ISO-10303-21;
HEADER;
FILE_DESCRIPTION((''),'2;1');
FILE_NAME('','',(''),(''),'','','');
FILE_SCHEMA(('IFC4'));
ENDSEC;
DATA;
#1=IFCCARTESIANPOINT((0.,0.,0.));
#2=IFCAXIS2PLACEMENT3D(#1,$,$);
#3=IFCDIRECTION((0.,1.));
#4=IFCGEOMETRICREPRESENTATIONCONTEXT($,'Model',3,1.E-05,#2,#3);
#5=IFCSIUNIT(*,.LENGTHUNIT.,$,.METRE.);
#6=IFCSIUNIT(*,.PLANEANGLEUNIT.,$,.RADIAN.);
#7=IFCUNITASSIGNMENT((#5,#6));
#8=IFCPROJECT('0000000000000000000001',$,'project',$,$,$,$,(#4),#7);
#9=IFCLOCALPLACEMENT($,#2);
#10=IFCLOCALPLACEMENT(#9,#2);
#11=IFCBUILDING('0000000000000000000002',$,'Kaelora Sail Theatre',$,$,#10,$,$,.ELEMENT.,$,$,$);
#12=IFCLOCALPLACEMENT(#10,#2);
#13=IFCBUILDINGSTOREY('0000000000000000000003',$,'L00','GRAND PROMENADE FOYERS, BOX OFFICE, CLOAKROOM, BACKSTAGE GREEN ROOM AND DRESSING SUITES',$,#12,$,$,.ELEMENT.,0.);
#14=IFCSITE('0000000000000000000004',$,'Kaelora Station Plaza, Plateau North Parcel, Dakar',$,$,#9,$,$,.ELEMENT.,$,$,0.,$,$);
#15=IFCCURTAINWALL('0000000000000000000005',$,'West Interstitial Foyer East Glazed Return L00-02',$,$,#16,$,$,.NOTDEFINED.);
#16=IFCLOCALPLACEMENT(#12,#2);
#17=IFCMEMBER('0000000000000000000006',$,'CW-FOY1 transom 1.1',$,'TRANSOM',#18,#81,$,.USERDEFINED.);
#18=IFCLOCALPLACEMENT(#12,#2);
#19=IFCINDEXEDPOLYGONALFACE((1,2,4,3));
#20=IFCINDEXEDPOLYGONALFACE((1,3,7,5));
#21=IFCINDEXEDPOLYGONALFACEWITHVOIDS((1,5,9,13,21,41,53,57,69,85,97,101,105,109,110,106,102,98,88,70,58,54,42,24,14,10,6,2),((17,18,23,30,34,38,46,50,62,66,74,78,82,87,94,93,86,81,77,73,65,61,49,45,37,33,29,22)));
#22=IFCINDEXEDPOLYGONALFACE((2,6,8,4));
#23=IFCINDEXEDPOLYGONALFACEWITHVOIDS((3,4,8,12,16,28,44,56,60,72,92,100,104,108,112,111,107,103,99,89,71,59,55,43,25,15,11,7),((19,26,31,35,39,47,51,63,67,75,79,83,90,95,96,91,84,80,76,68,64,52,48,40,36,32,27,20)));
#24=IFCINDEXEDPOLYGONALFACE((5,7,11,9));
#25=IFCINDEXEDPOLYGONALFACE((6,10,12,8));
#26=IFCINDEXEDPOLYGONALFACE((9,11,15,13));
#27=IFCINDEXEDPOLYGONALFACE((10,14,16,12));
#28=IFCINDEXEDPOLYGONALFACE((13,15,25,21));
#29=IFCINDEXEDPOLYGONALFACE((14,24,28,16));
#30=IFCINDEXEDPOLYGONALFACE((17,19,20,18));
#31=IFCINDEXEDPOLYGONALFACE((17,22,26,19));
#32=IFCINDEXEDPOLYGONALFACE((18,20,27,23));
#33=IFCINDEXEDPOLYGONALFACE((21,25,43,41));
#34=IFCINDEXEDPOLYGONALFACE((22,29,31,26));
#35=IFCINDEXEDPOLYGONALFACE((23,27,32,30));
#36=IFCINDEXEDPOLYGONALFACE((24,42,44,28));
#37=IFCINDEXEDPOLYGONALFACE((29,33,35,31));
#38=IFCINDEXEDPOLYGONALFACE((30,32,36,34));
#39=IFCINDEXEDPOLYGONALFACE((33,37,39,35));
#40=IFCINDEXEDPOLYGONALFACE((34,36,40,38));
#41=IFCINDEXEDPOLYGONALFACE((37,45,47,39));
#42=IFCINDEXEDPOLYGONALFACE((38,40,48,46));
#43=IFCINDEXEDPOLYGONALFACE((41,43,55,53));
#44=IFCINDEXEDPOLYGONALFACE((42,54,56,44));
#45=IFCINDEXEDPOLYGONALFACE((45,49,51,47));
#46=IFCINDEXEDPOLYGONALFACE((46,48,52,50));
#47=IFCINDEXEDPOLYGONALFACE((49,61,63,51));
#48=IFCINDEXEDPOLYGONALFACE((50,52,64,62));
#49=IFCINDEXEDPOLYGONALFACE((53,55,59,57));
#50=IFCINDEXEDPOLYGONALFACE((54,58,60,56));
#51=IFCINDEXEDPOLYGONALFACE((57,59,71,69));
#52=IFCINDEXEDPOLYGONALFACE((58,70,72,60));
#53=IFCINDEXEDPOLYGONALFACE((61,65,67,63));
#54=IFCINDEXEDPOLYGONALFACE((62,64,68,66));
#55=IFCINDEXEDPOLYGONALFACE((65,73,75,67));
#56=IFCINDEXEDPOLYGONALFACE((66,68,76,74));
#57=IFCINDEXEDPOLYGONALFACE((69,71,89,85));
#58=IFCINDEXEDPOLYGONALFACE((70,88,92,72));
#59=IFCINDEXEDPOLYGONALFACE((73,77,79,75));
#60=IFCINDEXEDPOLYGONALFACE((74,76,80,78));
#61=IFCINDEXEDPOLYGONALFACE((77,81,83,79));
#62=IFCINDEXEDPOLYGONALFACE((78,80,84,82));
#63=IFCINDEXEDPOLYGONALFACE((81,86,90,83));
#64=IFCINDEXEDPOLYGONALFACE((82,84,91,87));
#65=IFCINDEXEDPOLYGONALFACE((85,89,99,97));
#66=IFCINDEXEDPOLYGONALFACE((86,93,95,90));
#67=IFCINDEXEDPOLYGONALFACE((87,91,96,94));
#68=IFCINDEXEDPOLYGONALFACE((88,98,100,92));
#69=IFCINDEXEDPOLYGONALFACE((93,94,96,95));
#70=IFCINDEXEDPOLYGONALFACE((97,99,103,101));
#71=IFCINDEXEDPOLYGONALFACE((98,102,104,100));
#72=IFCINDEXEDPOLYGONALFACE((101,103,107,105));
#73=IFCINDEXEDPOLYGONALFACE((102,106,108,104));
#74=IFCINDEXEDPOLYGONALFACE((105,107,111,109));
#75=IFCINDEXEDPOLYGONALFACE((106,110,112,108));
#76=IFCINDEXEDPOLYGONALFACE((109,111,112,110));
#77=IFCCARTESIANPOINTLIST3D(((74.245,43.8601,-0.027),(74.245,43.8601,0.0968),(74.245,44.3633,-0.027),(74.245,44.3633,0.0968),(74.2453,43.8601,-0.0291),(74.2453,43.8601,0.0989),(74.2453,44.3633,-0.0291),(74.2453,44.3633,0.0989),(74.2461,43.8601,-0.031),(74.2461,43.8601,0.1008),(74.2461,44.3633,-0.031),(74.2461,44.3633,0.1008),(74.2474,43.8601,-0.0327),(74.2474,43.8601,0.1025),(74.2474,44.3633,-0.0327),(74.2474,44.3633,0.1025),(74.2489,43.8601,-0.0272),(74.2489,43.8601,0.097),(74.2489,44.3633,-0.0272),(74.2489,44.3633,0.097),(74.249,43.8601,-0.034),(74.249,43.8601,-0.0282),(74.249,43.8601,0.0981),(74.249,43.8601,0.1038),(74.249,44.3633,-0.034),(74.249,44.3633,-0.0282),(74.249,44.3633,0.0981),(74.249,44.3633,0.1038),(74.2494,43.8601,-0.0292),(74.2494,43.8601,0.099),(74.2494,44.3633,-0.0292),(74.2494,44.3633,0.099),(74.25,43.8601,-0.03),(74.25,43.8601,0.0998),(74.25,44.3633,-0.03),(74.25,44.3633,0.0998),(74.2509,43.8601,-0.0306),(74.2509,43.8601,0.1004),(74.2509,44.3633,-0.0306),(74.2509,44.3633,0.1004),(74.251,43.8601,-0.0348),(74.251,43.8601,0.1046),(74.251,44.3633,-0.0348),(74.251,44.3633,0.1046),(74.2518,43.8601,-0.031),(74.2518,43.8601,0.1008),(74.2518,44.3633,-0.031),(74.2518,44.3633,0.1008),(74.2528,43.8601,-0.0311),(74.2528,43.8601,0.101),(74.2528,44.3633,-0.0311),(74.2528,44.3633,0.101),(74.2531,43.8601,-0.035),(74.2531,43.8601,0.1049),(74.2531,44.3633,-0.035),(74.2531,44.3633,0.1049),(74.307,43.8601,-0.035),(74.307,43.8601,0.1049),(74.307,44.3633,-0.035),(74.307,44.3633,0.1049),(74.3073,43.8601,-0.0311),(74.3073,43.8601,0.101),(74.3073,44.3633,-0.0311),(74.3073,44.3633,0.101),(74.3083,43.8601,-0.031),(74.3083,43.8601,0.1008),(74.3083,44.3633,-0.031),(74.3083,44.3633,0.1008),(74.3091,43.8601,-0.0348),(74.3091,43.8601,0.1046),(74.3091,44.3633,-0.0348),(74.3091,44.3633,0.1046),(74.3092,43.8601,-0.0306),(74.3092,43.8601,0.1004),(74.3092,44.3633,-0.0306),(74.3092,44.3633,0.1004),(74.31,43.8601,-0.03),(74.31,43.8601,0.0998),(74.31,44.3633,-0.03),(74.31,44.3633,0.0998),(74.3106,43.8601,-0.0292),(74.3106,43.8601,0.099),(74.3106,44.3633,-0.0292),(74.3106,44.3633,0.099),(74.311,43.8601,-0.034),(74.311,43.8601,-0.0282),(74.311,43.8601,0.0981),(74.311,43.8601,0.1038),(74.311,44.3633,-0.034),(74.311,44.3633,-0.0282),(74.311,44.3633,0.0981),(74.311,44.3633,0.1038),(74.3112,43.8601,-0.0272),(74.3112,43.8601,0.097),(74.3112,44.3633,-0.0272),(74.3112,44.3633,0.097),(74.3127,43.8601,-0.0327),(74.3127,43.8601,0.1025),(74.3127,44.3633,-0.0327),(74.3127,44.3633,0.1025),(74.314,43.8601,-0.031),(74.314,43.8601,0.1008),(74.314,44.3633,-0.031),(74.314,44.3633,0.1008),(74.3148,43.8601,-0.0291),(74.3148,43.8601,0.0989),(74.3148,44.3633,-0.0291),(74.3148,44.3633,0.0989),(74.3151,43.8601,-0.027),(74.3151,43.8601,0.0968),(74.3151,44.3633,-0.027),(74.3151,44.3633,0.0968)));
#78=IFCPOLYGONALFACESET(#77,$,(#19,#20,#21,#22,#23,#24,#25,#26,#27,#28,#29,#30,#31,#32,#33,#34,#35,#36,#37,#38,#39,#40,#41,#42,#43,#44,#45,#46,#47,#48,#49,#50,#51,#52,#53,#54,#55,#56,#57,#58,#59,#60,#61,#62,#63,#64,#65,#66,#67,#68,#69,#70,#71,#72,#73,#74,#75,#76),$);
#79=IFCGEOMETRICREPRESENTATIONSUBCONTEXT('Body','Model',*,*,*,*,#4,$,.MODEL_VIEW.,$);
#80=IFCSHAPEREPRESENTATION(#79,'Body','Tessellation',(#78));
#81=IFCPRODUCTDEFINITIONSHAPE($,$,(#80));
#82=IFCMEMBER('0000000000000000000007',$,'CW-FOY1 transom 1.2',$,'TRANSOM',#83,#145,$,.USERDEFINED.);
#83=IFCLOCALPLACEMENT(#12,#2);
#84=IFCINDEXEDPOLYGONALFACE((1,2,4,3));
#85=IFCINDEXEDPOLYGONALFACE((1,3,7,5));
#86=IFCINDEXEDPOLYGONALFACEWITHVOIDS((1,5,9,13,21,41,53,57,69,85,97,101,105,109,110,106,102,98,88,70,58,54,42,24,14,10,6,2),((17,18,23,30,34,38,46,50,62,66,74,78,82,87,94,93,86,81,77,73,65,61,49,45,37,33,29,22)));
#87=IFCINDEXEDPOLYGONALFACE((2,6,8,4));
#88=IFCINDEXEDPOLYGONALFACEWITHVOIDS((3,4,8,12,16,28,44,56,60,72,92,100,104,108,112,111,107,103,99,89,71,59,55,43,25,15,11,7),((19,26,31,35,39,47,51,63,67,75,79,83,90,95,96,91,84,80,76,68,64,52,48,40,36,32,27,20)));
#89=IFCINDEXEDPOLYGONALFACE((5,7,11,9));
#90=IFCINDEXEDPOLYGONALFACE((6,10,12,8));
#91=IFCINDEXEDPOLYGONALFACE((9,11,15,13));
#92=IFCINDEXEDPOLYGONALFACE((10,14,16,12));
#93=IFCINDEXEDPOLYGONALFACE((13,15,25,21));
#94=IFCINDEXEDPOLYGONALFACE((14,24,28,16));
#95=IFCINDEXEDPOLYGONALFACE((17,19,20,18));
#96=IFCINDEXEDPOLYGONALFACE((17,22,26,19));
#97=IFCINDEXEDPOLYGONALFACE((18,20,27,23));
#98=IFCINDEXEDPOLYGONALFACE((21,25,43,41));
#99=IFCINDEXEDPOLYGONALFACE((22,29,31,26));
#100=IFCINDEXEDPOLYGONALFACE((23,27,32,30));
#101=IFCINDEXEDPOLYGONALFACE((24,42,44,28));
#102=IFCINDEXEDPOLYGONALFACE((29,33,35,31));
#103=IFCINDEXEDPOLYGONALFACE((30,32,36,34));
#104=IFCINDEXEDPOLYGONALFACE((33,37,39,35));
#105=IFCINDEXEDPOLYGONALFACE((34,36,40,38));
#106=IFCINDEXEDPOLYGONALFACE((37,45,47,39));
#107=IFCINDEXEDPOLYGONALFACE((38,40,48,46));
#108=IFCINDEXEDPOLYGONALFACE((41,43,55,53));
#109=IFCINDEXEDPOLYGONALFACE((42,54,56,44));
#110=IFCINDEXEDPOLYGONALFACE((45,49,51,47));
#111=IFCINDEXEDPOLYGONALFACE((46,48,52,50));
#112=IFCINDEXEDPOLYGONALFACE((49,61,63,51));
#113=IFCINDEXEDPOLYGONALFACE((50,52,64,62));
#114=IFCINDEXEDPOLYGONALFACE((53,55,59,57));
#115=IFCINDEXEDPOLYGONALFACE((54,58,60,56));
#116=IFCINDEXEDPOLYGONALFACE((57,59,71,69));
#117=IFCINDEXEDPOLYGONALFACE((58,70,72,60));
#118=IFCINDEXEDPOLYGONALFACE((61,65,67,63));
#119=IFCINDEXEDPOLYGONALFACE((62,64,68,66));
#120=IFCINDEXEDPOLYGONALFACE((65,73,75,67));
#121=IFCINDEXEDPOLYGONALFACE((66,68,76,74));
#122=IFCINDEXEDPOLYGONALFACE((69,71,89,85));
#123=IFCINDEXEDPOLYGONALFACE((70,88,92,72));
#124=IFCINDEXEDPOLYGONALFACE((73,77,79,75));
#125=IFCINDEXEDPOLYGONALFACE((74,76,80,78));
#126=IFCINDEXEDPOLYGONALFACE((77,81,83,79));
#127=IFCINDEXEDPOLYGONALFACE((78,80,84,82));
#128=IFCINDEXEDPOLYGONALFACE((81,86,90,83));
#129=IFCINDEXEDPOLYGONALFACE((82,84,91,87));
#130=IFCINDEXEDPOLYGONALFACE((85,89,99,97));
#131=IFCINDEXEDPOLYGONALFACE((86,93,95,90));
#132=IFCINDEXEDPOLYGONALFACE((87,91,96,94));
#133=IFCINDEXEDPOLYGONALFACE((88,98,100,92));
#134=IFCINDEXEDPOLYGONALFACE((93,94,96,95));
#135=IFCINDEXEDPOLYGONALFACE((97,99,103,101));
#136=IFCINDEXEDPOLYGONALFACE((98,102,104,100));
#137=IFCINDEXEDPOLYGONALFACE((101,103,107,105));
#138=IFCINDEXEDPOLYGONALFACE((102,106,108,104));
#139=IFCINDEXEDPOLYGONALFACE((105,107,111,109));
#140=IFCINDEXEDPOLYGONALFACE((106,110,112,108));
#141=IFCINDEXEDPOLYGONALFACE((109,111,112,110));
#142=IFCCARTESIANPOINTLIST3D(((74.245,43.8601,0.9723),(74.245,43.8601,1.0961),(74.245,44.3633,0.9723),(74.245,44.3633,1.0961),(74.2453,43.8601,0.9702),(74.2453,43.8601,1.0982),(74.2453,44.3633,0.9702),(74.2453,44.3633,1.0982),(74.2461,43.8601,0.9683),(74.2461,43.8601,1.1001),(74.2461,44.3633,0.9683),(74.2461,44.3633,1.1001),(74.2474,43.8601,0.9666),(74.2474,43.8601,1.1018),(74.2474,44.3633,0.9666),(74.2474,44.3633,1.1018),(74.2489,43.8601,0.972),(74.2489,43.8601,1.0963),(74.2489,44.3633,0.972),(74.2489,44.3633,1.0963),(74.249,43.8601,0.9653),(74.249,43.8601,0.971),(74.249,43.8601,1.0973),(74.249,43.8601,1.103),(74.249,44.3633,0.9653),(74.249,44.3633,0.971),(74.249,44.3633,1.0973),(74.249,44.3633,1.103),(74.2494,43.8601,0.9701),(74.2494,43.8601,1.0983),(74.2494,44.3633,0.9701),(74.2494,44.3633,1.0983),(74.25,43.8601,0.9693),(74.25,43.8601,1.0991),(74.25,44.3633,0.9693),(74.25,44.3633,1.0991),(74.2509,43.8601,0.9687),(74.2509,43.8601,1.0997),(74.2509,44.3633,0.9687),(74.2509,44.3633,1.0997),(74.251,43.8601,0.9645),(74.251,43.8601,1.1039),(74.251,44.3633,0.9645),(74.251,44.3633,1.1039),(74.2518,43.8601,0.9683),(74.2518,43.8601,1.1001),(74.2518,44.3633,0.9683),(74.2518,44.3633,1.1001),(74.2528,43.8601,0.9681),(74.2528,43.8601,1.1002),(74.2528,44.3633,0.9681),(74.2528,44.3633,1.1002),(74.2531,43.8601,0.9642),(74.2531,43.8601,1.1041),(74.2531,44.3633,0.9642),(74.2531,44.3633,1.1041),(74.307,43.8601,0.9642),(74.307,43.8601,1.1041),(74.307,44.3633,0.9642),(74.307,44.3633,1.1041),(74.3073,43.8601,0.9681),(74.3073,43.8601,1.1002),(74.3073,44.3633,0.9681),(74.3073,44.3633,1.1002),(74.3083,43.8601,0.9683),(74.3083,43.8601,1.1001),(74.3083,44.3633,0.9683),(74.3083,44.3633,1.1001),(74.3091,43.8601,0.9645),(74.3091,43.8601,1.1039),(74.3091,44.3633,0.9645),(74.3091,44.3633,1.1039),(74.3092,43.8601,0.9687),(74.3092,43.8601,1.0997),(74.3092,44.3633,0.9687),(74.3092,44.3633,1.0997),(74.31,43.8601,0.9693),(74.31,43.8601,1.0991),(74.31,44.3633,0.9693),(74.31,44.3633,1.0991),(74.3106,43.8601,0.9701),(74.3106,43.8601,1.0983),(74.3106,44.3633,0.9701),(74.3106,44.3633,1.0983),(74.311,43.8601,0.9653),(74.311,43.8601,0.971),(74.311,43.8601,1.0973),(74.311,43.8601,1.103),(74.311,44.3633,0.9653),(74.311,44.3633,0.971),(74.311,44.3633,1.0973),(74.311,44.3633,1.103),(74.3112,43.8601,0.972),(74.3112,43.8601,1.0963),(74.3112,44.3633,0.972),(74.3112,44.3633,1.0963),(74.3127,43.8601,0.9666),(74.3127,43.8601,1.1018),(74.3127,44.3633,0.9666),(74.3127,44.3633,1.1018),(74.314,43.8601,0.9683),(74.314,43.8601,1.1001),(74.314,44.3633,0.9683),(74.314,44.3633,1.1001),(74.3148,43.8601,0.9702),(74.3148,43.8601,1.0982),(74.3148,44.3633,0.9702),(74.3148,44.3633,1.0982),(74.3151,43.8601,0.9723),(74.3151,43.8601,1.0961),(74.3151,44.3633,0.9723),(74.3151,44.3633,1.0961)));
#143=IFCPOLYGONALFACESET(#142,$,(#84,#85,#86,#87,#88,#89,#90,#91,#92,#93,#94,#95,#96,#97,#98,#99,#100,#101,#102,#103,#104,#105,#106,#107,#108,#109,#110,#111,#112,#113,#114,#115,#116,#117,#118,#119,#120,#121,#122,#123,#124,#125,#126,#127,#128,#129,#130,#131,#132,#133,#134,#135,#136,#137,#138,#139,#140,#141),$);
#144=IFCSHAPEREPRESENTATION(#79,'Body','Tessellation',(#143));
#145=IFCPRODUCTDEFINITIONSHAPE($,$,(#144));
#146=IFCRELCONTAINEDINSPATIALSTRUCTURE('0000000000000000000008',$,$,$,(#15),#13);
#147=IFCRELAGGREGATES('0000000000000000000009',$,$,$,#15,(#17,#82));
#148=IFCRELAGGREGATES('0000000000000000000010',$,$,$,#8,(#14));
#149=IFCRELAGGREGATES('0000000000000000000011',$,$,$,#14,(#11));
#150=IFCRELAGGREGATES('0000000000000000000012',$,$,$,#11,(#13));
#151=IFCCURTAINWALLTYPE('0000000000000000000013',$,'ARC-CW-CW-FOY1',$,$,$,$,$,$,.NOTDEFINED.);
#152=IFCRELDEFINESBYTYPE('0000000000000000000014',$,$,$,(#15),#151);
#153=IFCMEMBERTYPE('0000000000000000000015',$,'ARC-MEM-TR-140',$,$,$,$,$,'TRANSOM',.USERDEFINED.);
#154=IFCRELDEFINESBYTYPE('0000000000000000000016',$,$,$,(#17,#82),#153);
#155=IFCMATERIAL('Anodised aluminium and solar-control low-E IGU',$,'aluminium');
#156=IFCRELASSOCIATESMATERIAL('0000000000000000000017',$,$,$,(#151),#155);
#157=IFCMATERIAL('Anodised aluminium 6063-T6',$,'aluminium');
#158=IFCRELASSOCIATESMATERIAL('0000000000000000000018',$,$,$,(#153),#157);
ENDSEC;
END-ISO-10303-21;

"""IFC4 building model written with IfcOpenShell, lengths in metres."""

from ifc_helpers import new_model, si_unit, direction, frame, origin, origin_2d, place, context, subcontext, project, spatial, hollow_rectangle, extrude, material, material_profile, profile_set, type_object, element, aggregate, save


model = new_model("IFC4")

# Units and contexts
model_context = context("Model", 3, precision=1e-05, world=origin(), true_north=direction((0.0, 1.0)))
body_context = subcontext(model_context, "Body", "Model", "MODEL_VIEW")
ifc_project = project(units=[si_unit("LENGTHUNIT", "METRE"), si_unit("PLANEANGLEUNIT", "RADIAN")], contexts=[model_context])

# Site, building, storey
site_placement = place(None, origin())
site = spatial("IfcSite", under=ifc_project, at=site_placement, Name="Kaelora Station Plaza, Plateau North Parcel, Dakar", CompositionType="ELEMENT", RefElevation=0.0)
building_placement = place(site_placement, origin())
building = spatial("IfcBuilding", under=site, at=building_placement, Name="Kaelora Sail Theatre", CompositionType="ELEMENT")
storey_placement = place(building_placement, origin())
storey = spatial("IfcBuildingStorey", under=building, at=storey_placement, Name="L00", Description="GRAND PROMENADE FOYERS, BOX OFFICE, CLOAKROOM, BACKSTAGE GREEN ROOM AND DRESSING SUITES", CompositionType="ELEMENT", Elevation=0.0)

# Curtain wall
ifc_material_1 = material(Name="Anodised aluminium and solar-control low-E IGU", Category="aluminium")
curtain_wall_type = type_object("IfcCurtainWallType", Name="ARC-CW-CW-FOY1", PredefinedType="NOTDEFINED", material=ifc_material_1)
curtain_wall_1_placement = place(storey_placement, origin())
curtain_wall_1 = element("IfcCurtainWall", 1, at=curtain_wall_1_placement, inside=storey, type_object=curtain_wall_type, Name="West Interstitial Foyer East Glazed Return L00-02", PredefinedType="NOTDEFINED")

# Members
ifc_material_2 = material(Name="Anodised aluminium 6063-T6", Category="aluminium")
ifc_material_profile_1 = material_profile(ifc_material_2, hollow_rectangle(XDim=0.0701, YDim=0.1399, WallThickness=0.0039, InnerFilletRadius=0.0039, OuterFilletRadius=0.0081, at=origin_2d()), Name="ALU-TRAN 70x140x4")
ifc_profile_set_1 = profile_set([ifc_material_profile_1], Name="Anodised aluminium 6063-T6")
member_type_1 = type_object("IfcMemberType", Name="ARC-MEM-TR-140", ElementType="TRANSOM", PredefinedType="USERDEFINED", material=ifc_profile_set_1)
member_1_placement = place(storey_placement, frame((74.28, 43.8601, 0.0349), z_axis=(0.0, 1.0, 0.0), x_axis=(-1.0, 0.0, 0.0)))
member_1 = element("IfcMember", 2, at=member_1_placement, type_object=member_type_1, Name="CW-FOY1 transom 1.1", ObjectType="TRANSOM", PredefinedType="USERDEFINED", context=body_context, shape_type="SweptSolid", body=[
    extrude(hollow_rectangle(XDim=0.0701, YDim=0.1399, WallThickness=0.0039, InnerFilletRadius=0.0039, OuterFilletRadius=0.0081, at=origin_2d()), origin(), (0.0, 0.0, 1.0), 0.5032),
])
member_2_placement = place(storey_placement, frame((74.28, 43.8601, 1.0342), z_axis=(0.0, 1.0, 0.0), x_axis=(-1.0, 0.0, 0.0)))
member_2 = element("IfcMember", 3, at=member_2_placement, type_object=member_type_1, Name="CW-FOY1 transom 1.2", ObjectType="TRANSOM", PredefinedType="USERDEFINED", context=body_context, shape_type="SweptSolid", body=[
    extrude(hollow_rectangle(XDim=0.0701, YDim=0.1399, WallThickness=0.0039, InnerFilletRadius=0.0039, OuterFilletRadius=0.0081, at=origin_2d()), origin(), (0.0, 0.0, 1.0), 0.5032),
])

aggregate(curtain_wall_1, [member_1, member_2])

save(model, "model.ifc")
